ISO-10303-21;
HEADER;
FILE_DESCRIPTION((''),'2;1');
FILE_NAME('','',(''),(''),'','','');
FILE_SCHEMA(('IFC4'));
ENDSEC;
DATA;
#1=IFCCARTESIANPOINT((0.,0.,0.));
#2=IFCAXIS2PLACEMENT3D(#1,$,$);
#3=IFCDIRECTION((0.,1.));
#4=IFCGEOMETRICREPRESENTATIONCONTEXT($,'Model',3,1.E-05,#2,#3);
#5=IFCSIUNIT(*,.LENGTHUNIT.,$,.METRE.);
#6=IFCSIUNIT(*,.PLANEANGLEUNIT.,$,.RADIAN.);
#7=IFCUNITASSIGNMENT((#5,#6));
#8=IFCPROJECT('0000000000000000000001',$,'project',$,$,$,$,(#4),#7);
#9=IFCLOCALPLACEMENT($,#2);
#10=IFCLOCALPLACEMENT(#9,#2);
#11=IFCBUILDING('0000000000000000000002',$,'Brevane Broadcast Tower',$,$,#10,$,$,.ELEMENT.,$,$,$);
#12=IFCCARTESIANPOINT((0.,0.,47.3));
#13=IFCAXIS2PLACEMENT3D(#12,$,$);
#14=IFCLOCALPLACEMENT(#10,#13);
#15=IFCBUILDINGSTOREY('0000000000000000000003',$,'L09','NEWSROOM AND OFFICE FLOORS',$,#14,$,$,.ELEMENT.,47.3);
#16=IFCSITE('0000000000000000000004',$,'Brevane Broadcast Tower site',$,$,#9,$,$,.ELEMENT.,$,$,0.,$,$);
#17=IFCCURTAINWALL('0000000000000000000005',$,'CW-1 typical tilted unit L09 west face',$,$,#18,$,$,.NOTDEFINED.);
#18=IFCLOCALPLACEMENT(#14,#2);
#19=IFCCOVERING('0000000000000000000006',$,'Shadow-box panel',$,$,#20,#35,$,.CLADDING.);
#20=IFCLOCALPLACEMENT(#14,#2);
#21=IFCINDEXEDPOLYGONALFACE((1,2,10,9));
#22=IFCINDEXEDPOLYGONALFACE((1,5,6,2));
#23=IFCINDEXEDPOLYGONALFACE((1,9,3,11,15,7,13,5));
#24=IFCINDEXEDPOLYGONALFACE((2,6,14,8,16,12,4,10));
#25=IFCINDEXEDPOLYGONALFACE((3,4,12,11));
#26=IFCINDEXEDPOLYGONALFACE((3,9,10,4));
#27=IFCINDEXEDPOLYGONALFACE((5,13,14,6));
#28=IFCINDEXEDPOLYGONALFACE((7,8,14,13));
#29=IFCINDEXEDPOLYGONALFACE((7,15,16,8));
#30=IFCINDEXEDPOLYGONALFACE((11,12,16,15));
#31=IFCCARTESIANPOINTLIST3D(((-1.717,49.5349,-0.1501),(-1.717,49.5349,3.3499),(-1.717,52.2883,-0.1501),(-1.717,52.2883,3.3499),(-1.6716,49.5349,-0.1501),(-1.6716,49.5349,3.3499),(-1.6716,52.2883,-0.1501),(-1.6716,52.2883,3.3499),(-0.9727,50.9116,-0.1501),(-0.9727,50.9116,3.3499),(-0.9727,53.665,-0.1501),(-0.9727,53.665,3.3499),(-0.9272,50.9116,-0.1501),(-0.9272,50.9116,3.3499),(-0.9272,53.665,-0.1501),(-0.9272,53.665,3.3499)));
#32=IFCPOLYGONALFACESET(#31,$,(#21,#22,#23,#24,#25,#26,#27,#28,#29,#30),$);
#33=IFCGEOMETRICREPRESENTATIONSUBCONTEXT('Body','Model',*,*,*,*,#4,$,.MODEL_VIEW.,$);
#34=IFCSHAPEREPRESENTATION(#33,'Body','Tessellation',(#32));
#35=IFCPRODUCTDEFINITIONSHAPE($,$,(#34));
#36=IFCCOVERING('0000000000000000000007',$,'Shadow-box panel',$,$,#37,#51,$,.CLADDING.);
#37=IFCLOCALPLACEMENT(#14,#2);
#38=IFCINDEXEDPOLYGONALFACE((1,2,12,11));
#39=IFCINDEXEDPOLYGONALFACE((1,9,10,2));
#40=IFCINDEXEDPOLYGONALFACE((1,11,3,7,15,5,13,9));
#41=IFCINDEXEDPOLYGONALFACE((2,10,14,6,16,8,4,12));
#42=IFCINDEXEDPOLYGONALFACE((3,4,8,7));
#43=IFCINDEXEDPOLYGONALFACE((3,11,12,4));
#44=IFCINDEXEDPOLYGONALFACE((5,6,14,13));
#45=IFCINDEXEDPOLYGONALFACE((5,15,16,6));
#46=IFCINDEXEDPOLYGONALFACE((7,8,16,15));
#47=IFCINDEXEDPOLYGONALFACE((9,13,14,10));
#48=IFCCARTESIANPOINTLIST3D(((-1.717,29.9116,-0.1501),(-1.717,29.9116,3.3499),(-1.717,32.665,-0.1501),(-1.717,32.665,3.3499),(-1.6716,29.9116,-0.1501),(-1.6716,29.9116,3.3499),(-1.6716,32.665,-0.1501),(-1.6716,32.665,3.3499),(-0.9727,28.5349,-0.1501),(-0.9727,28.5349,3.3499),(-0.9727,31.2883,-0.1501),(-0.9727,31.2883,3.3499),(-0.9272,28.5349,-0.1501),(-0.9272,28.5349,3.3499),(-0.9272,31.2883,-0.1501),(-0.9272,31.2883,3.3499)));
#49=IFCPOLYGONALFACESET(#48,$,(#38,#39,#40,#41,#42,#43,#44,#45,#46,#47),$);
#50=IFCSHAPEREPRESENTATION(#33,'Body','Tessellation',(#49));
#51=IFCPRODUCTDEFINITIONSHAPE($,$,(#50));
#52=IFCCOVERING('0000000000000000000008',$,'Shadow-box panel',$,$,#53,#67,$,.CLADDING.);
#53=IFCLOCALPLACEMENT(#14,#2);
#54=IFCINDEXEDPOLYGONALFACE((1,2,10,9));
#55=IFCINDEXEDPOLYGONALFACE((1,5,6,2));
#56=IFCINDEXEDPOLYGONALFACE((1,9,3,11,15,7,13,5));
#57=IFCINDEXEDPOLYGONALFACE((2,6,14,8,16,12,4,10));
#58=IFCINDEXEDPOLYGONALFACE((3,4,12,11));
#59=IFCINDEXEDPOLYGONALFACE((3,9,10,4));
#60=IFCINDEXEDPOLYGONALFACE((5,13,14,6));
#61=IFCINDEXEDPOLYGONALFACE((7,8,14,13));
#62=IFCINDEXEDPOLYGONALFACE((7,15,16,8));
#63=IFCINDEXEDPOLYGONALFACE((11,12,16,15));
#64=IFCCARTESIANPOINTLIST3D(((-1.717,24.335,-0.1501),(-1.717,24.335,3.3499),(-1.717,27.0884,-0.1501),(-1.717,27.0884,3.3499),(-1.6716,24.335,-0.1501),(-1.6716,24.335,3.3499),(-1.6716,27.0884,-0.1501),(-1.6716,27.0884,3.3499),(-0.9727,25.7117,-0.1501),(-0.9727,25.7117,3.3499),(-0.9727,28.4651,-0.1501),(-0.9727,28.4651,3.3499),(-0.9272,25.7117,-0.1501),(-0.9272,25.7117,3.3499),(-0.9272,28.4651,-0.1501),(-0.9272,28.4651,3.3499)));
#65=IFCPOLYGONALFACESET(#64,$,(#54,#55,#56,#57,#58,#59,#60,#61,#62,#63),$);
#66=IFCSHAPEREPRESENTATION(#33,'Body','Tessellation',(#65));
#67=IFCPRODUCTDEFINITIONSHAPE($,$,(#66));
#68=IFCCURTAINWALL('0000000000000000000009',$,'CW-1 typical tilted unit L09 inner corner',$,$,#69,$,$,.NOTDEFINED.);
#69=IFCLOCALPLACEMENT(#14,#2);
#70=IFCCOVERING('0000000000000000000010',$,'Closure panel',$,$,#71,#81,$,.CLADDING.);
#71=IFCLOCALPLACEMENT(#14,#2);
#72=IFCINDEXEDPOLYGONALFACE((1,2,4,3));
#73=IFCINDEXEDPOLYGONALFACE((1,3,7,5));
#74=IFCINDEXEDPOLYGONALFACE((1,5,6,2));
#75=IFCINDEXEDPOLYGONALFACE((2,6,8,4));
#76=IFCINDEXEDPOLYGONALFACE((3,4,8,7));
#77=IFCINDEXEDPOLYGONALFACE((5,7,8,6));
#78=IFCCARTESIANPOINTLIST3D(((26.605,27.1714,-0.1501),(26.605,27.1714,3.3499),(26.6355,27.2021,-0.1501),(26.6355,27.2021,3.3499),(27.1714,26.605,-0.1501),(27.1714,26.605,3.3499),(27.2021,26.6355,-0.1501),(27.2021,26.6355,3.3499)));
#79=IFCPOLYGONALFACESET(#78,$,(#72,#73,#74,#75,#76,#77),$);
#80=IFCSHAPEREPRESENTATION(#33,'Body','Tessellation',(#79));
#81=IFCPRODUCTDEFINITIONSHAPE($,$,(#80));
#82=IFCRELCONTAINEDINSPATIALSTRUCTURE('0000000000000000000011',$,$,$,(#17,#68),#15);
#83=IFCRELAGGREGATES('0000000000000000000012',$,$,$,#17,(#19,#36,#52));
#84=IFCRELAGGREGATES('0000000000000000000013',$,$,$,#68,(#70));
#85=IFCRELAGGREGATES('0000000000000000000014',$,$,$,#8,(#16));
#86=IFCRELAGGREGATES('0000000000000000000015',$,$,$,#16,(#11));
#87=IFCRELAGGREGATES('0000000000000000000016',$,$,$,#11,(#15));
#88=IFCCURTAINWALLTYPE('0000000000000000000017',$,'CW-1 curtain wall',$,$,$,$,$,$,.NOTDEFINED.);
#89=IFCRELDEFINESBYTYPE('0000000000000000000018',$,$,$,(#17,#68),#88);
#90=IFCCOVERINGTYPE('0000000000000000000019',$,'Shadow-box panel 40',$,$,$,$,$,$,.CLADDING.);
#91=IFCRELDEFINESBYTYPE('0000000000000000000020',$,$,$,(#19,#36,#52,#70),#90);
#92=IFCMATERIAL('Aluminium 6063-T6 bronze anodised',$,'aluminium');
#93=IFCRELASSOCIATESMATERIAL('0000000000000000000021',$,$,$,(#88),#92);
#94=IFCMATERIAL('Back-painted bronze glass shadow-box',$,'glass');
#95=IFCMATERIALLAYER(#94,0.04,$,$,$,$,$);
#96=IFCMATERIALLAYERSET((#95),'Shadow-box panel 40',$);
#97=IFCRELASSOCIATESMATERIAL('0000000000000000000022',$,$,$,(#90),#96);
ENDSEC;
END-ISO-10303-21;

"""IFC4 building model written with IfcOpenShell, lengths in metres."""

from ifc_helpers import new_model, si_unit, direction, frame, origin, place, context, subcontext, project, spatial, polyline, outline, extrude, material, layer, layer_set, type_object, element, aggregate, save


model = new_model("IFC4")

# Units and contexts
model_context = context("Model", 3, precision=1e-05, world=origin(), true_north=direction((0.0, 1.0)))
body_context = subcontext(model_context, "Body", "Model", "MODEL_VIEW")
ifc_project = project(units=[si_unit("LENGTHUNIT", "METRE"), si_unit("PLANEANGLEUNIT", "RADIAN")], contexts=[model_context])

# Site, building, storey
site_placement = place(None, origin())
site = spatial("IfcSite", under=ifc_project, at=site_placement, Name="Brevane Broadcast Tower site", CompositionType="ELEMENT", RefElevation=0.0)
building_placement = place(site_placement, origin())
building = spatial("IfcBuilding", under=site, at=building_placement, Name="Brevane Broadcast Tower", CompositionType="ELEMENT")
storey_placement = place(building_placement, frame((0.0, 0.0, 47.3)))
storey = spatial("IfcBuildingStorey", under=building, at=storey_placement, Name="L09", Description="NEWSROOM AND OFFICE FLOORS", CompositionType="ELEMENT", Elevation=47.3)

# Curtain wall
ifc_material_1 = material(Name="Aluminium 6063-T6 bronze anodised", Category="aluminium")
curtain_wall_type = type_object("IfcCurtainWallType", Name="CW-1 curtain wall", PredefinedType="NOTDEFINED", material=ifc_material_1)
curtain_wall_1_placement = place(storey_placement, origin())
curtain_wall_1 = element("IfcCurtainWall", 1, at=curtain_wall_1_placement, inside=storey, type_object=curtain_wall_type, Name="CW-1 typical tilted unit L09 west face", PredefinedType="NOTDEFINED")

# Coverings
ifc_material_2 = material(Name="Back-painted bronze glass shadow-box", Category="glass")
ifc_layer_1 = layer(ifc_material_2, 0.04)
ifc_layer_set_1 = layer_set([ifc_layer_1], Name="Shadow-box panel 40")
covering_type = type_object("IfcCoveringType", Name="Shadow-box panel 40", PredefinedType="CLADDING", material=ifc_layer_set_1)
covering_1_placement = place(storey_placement, frame((0.0, 0.0, -0.1501)))
covering_1 = element("IfcCovering", 2, at=covering_1_placement, type_object=covering_type, Name="Shadow-box panel", PredefinedType="CLADDING", context=body_context, shape_type="SweptSolid", body=[
    extrude(outline(polyline([(-0.9272, 53.665), (-0.9727, 53.665), (-1.717, 52.2883), (-0.9727, 50.9116), (-1.717, 49.5349), (-1.6716, 49.5349), (-0.9272, 50.9116), (-1.6716, 52.2883), (-0.9272, 53.665)])), origin(), (0.0, 0.0, 1.0), 3.5),
])
covering_2_placement = place(storey_placement, frame((0.0, 0.0, -0.1501)))
covering_2 = element("IfcCovering", 3, at=covering_2_placement, type_object=covering_type, Name="Shadow-box panel", PredefinedType="CLADDING", context=body_context, shape_type="SweptSolid", body=[
    extrude(outline(polyline([(-1.6716, 32.665), (-1.717, 32.665), (-0.9727, 31.2883), (-1.717, 29.9116), (-0.9727, 28.5349), (-0.9272, 28.5349), (-1.6716, 29.9116), (-0.9272, 31.2883), (-1.6716, 32.665)])), origin(), (0.0, 0.0, 1.0), 3.5),
])
covering_3_placement = place(storey_placement, frame((0.0, 0.0, -0.1501)))
covering_3 = element("IfcCovering", 4, at=covering_3_placement, type_object=covering_type, Name="Shadow-box panel", PredefinedType="CLADDING", context=body_context, shape_type="SweptSolid", body=[
    extrude(outline(polyline([(-0.9272, 28.4651), (-0.9727, 28.4651), (-1.717, 27.0884), (-0.9727, 25.7117), (-1.717, 24.335), (-1.6716, 24.335), (-0.9272, 25.7117), (-1.6716, 27.0884), (-0.9272, 28.4651)])), origin(), (0.0, 0.0, 1.0), 3.5),
])
aggregate(curtain_wall_1, [covering_1, covering_2, covering_3])

# Curtain wall, covering
curtain_wall_2_placement = place(storey_placement, origin())
curtain_wall_2 = element("IfcCurtainWall", 5, at=curtain_wall_2_placement, inside=storey, type_object=curtain_wall_type, Name="CW-1 typical tilted unit L09 inner corner", PredefinedType="NOTDEFINED")
covering_4_placement = place(storey_placement, frame((0.0, 0.0, -0.1501)))
covering_4 = element("IfcCovering", 6, at=covering_4_placement, type_object=covering_type, Name="Closure panel", PredefinedType="CLADDING", context=body_context, shape_type="SweptSolid", body=[
    extrude(outline(polyline([(27.1714, 26.605), (27.2021, 26.6355), (26.6355, 27.2021), (26.605, 27.1714), (27.1714, 26.605)])), origin(), (0.0, 0.0, 1.0), 3.5),
])
aggregate(curtain_wall_2, [covering_4])

save(model, "model.ifc")
